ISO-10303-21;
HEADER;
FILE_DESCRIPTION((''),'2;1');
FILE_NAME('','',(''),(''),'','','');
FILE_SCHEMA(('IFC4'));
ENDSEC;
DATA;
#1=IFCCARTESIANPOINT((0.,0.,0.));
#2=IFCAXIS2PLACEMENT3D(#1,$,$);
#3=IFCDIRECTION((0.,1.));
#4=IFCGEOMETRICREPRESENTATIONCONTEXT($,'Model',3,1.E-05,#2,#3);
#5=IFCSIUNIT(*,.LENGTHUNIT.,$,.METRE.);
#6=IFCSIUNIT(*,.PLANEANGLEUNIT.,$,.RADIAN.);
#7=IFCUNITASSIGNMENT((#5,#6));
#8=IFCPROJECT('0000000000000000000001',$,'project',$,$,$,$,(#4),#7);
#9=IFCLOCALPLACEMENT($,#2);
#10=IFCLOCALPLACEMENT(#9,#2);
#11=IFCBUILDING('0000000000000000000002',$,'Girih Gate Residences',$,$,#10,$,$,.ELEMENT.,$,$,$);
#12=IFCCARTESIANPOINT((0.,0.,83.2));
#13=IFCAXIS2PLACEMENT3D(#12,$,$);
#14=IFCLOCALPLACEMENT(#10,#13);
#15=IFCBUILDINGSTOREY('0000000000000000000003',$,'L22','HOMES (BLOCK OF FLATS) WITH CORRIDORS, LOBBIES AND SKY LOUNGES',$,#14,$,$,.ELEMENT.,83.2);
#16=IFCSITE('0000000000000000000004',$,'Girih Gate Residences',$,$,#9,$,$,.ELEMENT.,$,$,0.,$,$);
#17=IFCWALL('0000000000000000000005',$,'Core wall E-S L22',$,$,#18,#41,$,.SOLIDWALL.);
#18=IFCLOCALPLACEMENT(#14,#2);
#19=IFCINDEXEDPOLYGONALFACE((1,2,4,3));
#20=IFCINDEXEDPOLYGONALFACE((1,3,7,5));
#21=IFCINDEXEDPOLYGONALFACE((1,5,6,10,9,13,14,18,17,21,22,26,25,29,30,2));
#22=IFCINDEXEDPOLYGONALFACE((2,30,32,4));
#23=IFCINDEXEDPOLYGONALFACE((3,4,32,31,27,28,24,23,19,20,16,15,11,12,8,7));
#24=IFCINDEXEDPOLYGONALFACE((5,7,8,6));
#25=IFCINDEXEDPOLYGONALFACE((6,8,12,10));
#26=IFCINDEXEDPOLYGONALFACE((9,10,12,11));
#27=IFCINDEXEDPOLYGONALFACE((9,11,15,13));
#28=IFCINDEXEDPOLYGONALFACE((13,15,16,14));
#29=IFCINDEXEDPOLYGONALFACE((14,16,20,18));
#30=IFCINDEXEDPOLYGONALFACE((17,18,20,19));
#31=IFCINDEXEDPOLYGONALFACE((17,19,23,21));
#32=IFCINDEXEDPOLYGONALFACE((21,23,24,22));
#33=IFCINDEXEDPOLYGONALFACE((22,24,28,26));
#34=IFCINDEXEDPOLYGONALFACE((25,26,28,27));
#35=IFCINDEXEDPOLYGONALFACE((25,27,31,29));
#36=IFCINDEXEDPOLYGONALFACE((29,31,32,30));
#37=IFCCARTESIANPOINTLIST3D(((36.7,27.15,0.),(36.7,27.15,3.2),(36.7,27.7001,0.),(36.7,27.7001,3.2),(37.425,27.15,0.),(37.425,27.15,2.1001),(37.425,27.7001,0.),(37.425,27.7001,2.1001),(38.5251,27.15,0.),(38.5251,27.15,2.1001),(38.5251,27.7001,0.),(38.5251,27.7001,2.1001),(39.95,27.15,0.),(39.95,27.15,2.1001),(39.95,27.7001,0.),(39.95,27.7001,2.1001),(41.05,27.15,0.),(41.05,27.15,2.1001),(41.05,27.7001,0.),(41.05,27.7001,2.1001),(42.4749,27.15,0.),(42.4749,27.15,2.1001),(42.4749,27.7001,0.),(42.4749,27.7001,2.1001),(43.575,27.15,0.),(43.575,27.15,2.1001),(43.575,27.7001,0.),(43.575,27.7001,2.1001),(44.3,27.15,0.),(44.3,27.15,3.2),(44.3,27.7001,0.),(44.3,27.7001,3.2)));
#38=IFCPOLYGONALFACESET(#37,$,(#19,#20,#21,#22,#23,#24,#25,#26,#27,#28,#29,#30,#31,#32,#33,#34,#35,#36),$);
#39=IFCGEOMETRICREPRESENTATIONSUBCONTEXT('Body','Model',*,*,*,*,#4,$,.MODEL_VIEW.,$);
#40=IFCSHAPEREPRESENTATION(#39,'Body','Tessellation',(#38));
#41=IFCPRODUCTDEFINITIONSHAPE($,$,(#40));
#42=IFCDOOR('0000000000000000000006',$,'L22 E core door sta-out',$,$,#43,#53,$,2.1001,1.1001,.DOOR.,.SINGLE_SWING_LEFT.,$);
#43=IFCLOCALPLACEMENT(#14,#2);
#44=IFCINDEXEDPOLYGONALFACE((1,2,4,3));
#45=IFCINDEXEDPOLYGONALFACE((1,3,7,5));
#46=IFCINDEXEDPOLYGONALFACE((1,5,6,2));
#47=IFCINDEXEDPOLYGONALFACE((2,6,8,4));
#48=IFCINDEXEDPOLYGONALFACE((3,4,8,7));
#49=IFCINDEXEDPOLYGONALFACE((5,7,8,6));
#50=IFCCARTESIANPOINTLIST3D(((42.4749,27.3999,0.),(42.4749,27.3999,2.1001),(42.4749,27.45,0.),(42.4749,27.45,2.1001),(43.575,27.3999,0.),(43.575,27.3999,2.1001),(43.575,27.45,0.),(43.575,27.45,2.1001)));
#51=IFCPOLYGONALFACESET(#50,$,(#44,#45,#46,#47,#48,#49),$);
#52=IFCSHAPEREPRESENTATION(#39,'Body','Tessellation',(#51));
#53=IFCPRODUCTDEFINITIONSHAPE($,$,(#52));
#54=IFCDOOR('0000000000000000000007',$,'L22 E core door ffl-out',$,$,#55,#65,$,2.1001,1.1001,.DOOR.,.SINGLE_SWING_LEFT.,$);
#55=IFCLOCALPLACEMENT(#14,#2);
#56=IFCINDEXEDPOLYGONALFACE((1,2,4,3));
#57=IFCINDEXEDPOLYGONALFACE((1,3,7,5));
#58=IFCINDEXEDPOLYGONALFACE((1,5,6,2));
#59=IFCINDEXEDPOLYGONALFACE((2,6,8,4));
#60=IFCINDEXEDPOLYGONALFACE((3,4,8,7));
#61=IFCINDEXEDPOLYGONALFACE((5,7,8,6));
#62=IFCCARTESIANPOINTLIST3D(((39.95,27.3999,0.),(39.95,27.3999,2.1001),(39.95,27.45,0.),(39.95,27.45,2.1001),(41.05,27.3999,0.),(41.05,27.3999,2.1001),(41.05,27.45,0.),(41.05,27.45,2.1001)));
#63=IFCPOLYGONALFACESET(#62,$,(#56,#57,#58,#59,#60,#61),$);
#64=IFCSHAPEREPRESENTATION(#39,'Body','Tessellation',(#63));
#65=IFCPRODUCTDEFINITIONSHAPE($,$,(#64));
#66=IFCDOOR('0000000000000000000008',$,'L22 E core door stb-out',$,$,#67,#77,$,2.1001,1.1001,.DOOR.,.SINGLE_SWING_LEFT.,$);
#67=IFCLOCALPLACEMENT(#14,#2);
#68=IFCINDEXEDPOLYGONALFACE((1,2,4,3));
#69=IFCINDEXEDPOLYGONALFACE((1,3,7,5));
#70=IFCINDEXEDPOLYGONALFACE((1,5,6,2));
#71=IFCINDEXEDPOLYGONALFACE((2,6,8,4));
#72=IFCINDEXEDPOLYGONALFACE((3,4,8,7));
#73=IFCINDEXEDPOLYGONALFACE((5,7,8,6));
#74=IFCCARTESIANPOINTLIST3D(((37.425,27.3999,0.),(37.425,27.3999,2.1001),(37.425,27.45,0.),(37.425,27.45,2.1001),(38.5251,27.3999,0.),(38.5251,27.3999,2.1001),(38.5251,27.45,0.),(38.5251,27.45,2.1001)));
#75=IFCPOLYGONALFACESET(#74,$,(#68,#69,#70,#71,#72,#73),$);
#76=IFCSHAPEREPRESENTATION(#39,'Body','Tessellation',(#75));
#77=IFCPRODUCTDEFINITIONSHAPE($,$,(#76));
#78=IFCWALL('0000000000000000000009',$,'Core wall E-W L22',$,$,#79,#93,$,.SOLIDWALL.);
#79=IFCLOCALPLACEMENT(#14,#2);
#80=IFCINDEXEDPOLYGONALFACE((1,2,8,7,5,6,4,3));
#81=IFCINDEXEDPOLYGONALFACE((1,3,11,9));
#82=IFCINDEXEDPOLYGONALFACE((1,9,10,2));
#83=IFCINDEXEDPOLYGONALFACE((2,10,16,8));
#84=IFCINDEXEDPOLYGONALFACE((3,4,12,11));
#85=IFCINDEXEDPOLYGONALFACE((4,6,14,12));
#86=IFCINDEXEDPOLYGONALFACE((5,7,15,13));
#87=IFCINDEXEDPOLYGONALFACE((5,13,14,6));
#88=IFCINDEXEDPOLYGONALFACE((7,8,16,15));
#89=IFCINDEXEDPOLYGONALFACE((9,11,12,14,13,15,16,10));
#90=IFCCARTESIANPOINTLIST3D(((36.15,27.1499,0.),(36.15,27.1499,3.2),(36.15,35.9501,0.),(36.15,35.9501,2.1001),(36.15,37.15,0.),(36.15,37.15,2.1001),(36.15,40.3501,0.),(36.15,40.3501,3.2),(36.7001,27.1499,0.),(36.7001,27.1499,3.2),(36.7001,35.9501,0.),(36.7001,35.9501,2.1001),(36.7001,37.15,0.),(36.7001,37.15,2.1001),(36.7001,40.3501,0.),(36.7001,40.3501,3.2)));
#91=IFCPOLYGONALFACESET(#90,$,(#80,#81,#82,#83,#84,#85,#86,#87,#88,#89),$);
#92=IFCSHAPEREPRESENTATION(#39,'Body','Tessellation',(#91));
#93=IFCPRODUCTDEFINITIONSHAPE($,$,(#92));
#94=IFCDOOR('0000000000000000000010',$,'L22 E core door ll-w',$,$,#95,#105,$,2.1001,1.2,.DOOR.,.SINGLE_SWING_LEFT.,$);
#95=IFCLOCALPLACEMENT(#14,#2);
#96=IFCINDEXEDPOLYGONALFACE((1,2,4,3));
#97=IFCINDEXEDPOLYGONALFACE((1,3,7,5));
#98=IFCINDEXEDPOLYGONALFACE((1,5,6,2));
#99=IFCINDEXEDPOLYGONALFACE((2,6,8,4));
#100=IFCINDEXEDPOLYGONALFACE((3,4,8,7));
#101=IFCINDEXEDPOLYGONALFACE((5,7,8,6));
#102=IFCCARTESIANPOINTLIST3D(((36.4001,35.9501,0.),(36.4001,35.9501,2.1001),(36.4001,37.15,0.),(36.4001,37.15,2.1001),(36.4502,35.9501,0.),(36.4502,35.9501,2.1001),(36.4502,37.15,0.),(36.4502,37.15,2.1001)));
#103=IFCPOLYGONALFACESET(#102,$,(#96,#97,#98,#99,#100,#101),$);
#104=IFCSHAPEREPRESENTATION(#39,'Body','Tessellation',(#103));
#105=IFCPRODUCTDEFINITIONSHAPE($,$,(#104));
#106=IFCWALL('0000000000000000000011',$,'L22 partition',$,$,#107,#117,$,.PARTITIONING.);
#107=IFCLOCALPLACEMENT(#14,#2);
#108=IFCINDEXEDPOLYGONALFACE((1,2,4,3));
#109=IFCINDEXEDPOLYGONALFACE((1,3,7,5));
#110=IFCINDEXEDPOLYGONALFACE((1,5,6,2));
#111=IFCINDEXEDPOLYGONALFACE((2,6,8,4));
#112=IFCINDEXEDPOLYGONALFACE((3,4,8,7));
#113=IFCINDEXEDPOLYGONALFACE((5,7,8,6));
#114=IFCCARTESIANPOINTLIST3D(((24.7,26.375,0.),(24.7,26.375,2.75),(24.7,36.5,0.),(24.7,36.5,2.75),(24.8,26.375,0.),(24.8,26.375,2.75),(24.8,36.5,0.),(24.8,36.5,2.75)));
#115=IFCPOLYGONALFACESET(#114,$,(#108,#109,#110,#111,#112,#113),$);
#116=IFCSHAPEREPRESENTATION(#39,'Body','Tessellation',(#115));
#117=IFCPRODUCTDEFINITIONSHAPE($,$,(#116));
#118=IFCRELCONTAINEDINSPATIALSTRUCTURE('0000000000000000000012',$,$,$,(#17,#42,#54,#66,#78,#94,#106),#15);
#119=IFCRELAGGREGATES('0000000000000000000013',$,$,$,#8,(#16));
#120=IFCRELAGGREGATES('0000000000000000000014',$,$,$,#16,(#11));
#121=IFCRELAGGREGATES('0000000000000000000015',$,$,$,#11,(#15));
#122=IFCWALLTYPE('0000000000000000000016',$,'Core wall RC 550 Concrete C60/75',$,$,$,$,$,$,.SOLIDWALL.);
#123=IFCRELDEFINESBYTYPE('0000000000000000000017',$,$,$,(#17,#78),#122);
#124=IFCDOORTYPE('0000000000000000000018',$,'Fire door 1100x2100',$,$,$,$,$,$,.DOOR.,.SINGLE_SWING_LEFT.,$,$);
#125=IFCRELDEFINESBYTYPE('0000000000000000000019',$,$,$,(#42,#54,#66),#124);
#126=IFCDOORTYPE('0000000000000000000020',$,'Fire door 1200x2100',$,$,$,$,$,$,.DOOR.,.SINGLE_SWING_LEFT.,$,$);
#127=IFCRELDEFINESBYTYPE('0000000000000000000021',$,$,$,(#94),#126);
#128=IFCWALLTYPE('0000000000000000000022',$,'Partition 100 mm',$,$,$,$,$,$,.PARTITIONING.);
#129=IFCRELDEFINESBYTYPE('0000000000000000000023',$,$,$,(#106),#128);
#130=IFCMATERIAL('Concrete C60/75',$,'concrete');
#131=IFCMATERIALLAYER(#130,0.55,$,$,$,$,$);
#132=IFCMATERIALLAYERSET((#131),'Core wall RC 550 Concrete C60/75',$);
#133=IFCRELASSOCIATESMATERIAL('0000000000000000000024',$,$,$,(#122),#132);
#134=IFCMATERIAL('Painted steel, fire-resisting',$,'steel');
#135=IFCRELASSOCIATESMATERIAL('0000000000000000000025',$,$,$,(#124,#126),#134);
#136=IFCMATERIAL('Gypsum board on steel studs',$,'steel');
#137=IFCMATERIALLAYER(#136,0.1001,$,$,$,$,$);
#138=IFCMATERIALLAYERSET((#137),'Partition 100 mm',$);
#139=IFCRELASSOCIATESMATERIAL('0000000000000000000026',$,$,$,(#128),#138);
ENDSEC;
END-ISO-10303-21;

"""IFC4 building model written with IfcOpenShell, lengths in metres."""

from ifc_helpers import new_model, si_unit, direction, frame, frame_2d, origin, place, context, subcontext, project, spatial, rectangle, extrude, material, layer, layer_set, type_object, element, fill, save


model = new_model("IFC4")

# Units and contexts
model_context = context("Model", 3, precision=1e-05, world=origin(), true_north=direction((0.0, 1.0)))
body_context = subcontext(model_context, "Body", "Model", "MODEL_VIEW")
ifc_project = project(units=[si_unit("LENGTHUNIT", "METRE"), si_unit("PLANEANGLEUNIT", "RADIAN")], contexts=[model_context])

# Site, building, storey
site_placement = place(None, origin())
site = spatial("IfcSite", under=ifc_project, at=site_placement, Name="Girih Gate Residences", CompositionType="ELEMENT", RefElevation=0.0)
building_placement = place(site_placement, origin())
building = spatial("IfcBuilding", under=site, at=building_placement, Name="Girih Gate Residences", CompositionType="ELEMENT")
storey_placement = place(building_placement, frame((0.0, 0.0, 83.2)))
storey = spatial("IfcBuildingStorey", under=building, at=storey_placement, Name="L22", Description="HOMES (BLOCK OF FLATS) WITH CORRIDORS, LOBBIES AND SKY LOUNGES", CompositionType="ELEMENT", Elevation=83.2)

# Shared definitions
ifc_material_1 = material(Name="Concrete C60/75", Category="concrete")

# Shared definitions
ifc_material_2 = material(Name="Gypsum board on steel studs", Category="steel")

# Wall, openings, doors
ifc_layer_1 = layer(ifc_material_1, 0.55)
ifc_layer_set_1 = layer_set([ifc_layer_1], Name="Core wall RC 550 Concrete C60/75")
wall_type_1 = type_object("IfcWallType", Name="Core wall RC 550 Concrete C60/75", PredefinedType="SOLIDWALL", material=ifc_layer_set_1)
wall_1_placement = place(storey_placement, frame((36.7, 27.425, 0.0), z_axis=(0.0, 0.0, 1.0), x_axis=(1.0, 0.0, 0.0)))
wall_1 = element("IfcWall", 1, at=wall_1_placement, inside=storey, type_object=wall_type_1, Name="Core wall E-S L22", PredefinedType="SOLIDWALL", context=body_context, shape_type="SweptSolid", body=[
    extrude(rectangle(XDim=7.6001, YDim=0.55, at=frame_2d((3.8, 0.0))), origin(), (0.0, 0.0, 1.0), 3.2),
])
opening_1_placement = place(wall_1_placement, frame((5.7749, 0.0, 0.0)))
opening_1 = element("IfcOpeningElement", 2, at=opening_1_placement, cuts=wall_1, PredefinedType="OPENING", context=body_context, shape_type="SweptSolid", body=[
    extrude(rectangle(XDim=1.1001, YDim=2.1001, at=frame_2d((0.55, 1.05))), frame((0.0, 0.2849, 0.0), z_axis=(0.0, -1.0, 0.0), x_axis=(1.0, 0.0, 0.0)), (0.0, 0.0, 1.0), 0.5701),
])
opening_2_placement = place(wall_1_placement, frame((3.25, 0.0, 0.0)))
opening_2 = element("IfcOpeningElement", 3, at=opening_2_placement, cuts=wall_1, PredefinedType="OPENING", context=body_context, shape_type="SweptSolid", body=[
    extrude(rectangle(XDim=1.1001, YDim=2.1001, at=frame_2d((0.55, 1.05))), frame((0.0, 0.2849, 0.0), z_axis=(0.0, -1.0, 0.0), x_axis=(1.0, 0.0, 0.0)), (0.0, 0.0, 1.0), 0.5701),
])
opening_3_placement = place(wall_1_placement, frame((0.7251, 0.0, 0.0)))
opening_3 = element("IfcOpeningElement", 4, at=opening_3_placement, cuts=wall_1, PredefinedType="OPENING", context=body_context, shape_type="SweptSolid", body=[
    extrude(rectangle(XDim=1.1001, YDim=2.1001, at=frame_2d((0.55, 1.05))), frame((0.0, 0.2849, 0.0), z_axis=(0.0, -1.0, 0.0), x_axis=(1.0, 0.0, 0.0)), (0.0, 0.0, 1.0), 0.5701),
])
ifc_material_3 = material(Name="Painted steel, fire-resisting", Category="steel")
door_type_1 = type_object("IfcDoorType", Name="Fire door 1100x2100", OperationType="SINGLE_SWING_LEFT", PredefinedType="DOOR", material=ifc_material_3)
door_1_placement = place(opening_1_placement, origin())
door_1 = element("IfcDoor", 5, at=door_1_placement, inside=storey, type_object=door_type_1, Name="L22 E core door sta-out", OperationType="SINGLE_SWING_LEFT", OverallHeight=2.1001, OverallWidth=1.1001, PredefinedType="DOOR", context=body_context, shape_type="SweptSolid", body=[
    extrude(rectangle(XDim=1.1001, YDim=2.1001, at=frame_2d((0.55, 1.05))), frame((0.0, 0.0249, 0.0), z_axis=(0.0, -1.0, 0.0), x_axis=(1.0, 0.0, 0.0)), (0.0, 0.0, 1.0), 0.05),
])
fill(opening_1, door_1)
door_2_placement = place(opening_2_placement, origin())
door_2 = element("IfcDoor", 6, at=door_2_placement, inside=storey, type_object=door_type_1, Name="L22 E core door ffl-out", OperationType="SINGLE_SWING_LEFT", OverallHeight=2.1001, OverallWidth=1.1001, PredefinedType="DOOR", context=body_context, shape_type="SweptSolid", body=[
    extrude(rectangle(XDim=1.1001, YDim=2.1001, at=frame_2d((0.55, 1.05))), frame((0.0, 0.0249, 0.0), z_axis=(0.0, -1.0, 0.0), x_axis=(1.0, 0.0, 0.0)), (0.0, 0.0, 1.0), 0.05),
])
fill(opening_2, door_2)
door_3_placement = place(opening_3_placement, origin())
door_3 = element("IfcDoor", 7, at=door_3_placement, inside=storey, type_object=door_type_1, Name="L22 E core door stb-out", OperationType="SINGLE_SWING_LEFT", OverallHeight=2.1001, OverallWidth=1.1001, PredefinedType="DOOR", context=body_context, shape_type="SweptSolid", body=[
    extrude(rectangle(XDim=1.1001, YDim=2.1001, at=frame_2d((0.55, 1.05))), frame((0.0, 0.0249, 0.0), z_axis=(0.0, -1.0, 0.0), x_axis=(1.0, 0.0, 0.0)), (0.0, 0.0, 1.0), 0.05),
])
fill(opening_3, door_3)

# Wall, opening, door
wall_2_placement = place(storey_placement, frame((36.425, 27.1499, 0.0), z_axis=(0.0, 0.0, 1.0), x_axis=(0.0, 1.0, 0.0)))
wall_2 = element("IfcWall", 8, at=wall_2_placement, inside=storey, type_object=wall_type_1, Name="Core wall E-W L22", PredefinedType="SOLIDWALL", context=body_context, shape_type="SweptSolid", body=[
    extrude(rectangle(XDim=13.2002, YDim=0.55, at=frame_2d((6.6001, 0.0))), origin(), (0.0, 0.0, 1.0), 3.2),
])
opening_4_placement = place(wall_2_placement, frame((8.8, 0.0, 0.0)))
opening_4 = element("IfcOpeningElement", 9, at=opening_4_placement, cuts=wall_2, PredefinedType="OPENING", context=body_context, shape_type="SweptSolid", body=[
    extrude(rectangle(XDim=1.2, YDim=2.1001, at=frame_2d((0.6001, 1.05))), frame((0.0, 0.2849, 0.0), z_axis=(0.0, -1.0, 0.0), x_axis=(1.0, 0.0, 0.0)), (0.0, 0.0, 1.0), 0.5701),
])
door_type_2 = type_object("IfcDoorType", Name="Fire door 1200x2100", OperationType="SINGLE_SWING_LEFT", PredefinedType="DOOR", material=ifc_material_3)
door_4_placement = place(opening_4_placement, origin())
door_4 = element("IfcDoor", 10, at=door_4_placement, inside=storey, type_object=door_type_2, Name="L22 E core door ll-w", OperationType="SINGLE_SWING_LEFT", OverallHeight=2.1001, OverallWidth=1.2, PredefinedType="DOOR", context=body_context, shape_type="SweptSolid", body=[
    extrude(rectangle(XDim=1.2, YDim=2.1001, at=frame_2d((0.6001, 1.05))), frame((0.0, 0.0249, 0.0), z_axis=(0.0, -1.0, 0.0), x_axis=(1.0, 0.0, 0.0)), (0.0, 0.0, 1.0), 0.05),
])
fill(opening_4, door_4)

# Wall
ifc_layer_2 = layer(ifc_material_2, 0.1001)
ifc_layer_set_2 = layer_set([ifc_layer_2], Name="Partition 100 mm")
wall_type_2 = type_object("IfcWallType", Name="Partition 100 mm", PredefinedType="PARTITIONING", material=ifc_layer_set_2)
wall_3_placement = place(storey_placement, frame((24.75, 26.375, 0.0), z_axis=(0.0, 0.0, 1.0), x_axis=(0.0, 1.0, 0.0)))
element("IfcWall", 11, at=wall_3_placement, inside=storey, type_object=wall_type_2, Name="L22 partition", PredefinedType="PARTITIONING", context=body_context, shape_type="SweptSolid", body=[
    extrude(rectangle(XDim=10.125, YDim=0.1001, at=frame_2d((5.0625, 0.0))), origin(), (0.0, 0.0, 1.0), 2.75),
])

save(model, "model.ifc")
